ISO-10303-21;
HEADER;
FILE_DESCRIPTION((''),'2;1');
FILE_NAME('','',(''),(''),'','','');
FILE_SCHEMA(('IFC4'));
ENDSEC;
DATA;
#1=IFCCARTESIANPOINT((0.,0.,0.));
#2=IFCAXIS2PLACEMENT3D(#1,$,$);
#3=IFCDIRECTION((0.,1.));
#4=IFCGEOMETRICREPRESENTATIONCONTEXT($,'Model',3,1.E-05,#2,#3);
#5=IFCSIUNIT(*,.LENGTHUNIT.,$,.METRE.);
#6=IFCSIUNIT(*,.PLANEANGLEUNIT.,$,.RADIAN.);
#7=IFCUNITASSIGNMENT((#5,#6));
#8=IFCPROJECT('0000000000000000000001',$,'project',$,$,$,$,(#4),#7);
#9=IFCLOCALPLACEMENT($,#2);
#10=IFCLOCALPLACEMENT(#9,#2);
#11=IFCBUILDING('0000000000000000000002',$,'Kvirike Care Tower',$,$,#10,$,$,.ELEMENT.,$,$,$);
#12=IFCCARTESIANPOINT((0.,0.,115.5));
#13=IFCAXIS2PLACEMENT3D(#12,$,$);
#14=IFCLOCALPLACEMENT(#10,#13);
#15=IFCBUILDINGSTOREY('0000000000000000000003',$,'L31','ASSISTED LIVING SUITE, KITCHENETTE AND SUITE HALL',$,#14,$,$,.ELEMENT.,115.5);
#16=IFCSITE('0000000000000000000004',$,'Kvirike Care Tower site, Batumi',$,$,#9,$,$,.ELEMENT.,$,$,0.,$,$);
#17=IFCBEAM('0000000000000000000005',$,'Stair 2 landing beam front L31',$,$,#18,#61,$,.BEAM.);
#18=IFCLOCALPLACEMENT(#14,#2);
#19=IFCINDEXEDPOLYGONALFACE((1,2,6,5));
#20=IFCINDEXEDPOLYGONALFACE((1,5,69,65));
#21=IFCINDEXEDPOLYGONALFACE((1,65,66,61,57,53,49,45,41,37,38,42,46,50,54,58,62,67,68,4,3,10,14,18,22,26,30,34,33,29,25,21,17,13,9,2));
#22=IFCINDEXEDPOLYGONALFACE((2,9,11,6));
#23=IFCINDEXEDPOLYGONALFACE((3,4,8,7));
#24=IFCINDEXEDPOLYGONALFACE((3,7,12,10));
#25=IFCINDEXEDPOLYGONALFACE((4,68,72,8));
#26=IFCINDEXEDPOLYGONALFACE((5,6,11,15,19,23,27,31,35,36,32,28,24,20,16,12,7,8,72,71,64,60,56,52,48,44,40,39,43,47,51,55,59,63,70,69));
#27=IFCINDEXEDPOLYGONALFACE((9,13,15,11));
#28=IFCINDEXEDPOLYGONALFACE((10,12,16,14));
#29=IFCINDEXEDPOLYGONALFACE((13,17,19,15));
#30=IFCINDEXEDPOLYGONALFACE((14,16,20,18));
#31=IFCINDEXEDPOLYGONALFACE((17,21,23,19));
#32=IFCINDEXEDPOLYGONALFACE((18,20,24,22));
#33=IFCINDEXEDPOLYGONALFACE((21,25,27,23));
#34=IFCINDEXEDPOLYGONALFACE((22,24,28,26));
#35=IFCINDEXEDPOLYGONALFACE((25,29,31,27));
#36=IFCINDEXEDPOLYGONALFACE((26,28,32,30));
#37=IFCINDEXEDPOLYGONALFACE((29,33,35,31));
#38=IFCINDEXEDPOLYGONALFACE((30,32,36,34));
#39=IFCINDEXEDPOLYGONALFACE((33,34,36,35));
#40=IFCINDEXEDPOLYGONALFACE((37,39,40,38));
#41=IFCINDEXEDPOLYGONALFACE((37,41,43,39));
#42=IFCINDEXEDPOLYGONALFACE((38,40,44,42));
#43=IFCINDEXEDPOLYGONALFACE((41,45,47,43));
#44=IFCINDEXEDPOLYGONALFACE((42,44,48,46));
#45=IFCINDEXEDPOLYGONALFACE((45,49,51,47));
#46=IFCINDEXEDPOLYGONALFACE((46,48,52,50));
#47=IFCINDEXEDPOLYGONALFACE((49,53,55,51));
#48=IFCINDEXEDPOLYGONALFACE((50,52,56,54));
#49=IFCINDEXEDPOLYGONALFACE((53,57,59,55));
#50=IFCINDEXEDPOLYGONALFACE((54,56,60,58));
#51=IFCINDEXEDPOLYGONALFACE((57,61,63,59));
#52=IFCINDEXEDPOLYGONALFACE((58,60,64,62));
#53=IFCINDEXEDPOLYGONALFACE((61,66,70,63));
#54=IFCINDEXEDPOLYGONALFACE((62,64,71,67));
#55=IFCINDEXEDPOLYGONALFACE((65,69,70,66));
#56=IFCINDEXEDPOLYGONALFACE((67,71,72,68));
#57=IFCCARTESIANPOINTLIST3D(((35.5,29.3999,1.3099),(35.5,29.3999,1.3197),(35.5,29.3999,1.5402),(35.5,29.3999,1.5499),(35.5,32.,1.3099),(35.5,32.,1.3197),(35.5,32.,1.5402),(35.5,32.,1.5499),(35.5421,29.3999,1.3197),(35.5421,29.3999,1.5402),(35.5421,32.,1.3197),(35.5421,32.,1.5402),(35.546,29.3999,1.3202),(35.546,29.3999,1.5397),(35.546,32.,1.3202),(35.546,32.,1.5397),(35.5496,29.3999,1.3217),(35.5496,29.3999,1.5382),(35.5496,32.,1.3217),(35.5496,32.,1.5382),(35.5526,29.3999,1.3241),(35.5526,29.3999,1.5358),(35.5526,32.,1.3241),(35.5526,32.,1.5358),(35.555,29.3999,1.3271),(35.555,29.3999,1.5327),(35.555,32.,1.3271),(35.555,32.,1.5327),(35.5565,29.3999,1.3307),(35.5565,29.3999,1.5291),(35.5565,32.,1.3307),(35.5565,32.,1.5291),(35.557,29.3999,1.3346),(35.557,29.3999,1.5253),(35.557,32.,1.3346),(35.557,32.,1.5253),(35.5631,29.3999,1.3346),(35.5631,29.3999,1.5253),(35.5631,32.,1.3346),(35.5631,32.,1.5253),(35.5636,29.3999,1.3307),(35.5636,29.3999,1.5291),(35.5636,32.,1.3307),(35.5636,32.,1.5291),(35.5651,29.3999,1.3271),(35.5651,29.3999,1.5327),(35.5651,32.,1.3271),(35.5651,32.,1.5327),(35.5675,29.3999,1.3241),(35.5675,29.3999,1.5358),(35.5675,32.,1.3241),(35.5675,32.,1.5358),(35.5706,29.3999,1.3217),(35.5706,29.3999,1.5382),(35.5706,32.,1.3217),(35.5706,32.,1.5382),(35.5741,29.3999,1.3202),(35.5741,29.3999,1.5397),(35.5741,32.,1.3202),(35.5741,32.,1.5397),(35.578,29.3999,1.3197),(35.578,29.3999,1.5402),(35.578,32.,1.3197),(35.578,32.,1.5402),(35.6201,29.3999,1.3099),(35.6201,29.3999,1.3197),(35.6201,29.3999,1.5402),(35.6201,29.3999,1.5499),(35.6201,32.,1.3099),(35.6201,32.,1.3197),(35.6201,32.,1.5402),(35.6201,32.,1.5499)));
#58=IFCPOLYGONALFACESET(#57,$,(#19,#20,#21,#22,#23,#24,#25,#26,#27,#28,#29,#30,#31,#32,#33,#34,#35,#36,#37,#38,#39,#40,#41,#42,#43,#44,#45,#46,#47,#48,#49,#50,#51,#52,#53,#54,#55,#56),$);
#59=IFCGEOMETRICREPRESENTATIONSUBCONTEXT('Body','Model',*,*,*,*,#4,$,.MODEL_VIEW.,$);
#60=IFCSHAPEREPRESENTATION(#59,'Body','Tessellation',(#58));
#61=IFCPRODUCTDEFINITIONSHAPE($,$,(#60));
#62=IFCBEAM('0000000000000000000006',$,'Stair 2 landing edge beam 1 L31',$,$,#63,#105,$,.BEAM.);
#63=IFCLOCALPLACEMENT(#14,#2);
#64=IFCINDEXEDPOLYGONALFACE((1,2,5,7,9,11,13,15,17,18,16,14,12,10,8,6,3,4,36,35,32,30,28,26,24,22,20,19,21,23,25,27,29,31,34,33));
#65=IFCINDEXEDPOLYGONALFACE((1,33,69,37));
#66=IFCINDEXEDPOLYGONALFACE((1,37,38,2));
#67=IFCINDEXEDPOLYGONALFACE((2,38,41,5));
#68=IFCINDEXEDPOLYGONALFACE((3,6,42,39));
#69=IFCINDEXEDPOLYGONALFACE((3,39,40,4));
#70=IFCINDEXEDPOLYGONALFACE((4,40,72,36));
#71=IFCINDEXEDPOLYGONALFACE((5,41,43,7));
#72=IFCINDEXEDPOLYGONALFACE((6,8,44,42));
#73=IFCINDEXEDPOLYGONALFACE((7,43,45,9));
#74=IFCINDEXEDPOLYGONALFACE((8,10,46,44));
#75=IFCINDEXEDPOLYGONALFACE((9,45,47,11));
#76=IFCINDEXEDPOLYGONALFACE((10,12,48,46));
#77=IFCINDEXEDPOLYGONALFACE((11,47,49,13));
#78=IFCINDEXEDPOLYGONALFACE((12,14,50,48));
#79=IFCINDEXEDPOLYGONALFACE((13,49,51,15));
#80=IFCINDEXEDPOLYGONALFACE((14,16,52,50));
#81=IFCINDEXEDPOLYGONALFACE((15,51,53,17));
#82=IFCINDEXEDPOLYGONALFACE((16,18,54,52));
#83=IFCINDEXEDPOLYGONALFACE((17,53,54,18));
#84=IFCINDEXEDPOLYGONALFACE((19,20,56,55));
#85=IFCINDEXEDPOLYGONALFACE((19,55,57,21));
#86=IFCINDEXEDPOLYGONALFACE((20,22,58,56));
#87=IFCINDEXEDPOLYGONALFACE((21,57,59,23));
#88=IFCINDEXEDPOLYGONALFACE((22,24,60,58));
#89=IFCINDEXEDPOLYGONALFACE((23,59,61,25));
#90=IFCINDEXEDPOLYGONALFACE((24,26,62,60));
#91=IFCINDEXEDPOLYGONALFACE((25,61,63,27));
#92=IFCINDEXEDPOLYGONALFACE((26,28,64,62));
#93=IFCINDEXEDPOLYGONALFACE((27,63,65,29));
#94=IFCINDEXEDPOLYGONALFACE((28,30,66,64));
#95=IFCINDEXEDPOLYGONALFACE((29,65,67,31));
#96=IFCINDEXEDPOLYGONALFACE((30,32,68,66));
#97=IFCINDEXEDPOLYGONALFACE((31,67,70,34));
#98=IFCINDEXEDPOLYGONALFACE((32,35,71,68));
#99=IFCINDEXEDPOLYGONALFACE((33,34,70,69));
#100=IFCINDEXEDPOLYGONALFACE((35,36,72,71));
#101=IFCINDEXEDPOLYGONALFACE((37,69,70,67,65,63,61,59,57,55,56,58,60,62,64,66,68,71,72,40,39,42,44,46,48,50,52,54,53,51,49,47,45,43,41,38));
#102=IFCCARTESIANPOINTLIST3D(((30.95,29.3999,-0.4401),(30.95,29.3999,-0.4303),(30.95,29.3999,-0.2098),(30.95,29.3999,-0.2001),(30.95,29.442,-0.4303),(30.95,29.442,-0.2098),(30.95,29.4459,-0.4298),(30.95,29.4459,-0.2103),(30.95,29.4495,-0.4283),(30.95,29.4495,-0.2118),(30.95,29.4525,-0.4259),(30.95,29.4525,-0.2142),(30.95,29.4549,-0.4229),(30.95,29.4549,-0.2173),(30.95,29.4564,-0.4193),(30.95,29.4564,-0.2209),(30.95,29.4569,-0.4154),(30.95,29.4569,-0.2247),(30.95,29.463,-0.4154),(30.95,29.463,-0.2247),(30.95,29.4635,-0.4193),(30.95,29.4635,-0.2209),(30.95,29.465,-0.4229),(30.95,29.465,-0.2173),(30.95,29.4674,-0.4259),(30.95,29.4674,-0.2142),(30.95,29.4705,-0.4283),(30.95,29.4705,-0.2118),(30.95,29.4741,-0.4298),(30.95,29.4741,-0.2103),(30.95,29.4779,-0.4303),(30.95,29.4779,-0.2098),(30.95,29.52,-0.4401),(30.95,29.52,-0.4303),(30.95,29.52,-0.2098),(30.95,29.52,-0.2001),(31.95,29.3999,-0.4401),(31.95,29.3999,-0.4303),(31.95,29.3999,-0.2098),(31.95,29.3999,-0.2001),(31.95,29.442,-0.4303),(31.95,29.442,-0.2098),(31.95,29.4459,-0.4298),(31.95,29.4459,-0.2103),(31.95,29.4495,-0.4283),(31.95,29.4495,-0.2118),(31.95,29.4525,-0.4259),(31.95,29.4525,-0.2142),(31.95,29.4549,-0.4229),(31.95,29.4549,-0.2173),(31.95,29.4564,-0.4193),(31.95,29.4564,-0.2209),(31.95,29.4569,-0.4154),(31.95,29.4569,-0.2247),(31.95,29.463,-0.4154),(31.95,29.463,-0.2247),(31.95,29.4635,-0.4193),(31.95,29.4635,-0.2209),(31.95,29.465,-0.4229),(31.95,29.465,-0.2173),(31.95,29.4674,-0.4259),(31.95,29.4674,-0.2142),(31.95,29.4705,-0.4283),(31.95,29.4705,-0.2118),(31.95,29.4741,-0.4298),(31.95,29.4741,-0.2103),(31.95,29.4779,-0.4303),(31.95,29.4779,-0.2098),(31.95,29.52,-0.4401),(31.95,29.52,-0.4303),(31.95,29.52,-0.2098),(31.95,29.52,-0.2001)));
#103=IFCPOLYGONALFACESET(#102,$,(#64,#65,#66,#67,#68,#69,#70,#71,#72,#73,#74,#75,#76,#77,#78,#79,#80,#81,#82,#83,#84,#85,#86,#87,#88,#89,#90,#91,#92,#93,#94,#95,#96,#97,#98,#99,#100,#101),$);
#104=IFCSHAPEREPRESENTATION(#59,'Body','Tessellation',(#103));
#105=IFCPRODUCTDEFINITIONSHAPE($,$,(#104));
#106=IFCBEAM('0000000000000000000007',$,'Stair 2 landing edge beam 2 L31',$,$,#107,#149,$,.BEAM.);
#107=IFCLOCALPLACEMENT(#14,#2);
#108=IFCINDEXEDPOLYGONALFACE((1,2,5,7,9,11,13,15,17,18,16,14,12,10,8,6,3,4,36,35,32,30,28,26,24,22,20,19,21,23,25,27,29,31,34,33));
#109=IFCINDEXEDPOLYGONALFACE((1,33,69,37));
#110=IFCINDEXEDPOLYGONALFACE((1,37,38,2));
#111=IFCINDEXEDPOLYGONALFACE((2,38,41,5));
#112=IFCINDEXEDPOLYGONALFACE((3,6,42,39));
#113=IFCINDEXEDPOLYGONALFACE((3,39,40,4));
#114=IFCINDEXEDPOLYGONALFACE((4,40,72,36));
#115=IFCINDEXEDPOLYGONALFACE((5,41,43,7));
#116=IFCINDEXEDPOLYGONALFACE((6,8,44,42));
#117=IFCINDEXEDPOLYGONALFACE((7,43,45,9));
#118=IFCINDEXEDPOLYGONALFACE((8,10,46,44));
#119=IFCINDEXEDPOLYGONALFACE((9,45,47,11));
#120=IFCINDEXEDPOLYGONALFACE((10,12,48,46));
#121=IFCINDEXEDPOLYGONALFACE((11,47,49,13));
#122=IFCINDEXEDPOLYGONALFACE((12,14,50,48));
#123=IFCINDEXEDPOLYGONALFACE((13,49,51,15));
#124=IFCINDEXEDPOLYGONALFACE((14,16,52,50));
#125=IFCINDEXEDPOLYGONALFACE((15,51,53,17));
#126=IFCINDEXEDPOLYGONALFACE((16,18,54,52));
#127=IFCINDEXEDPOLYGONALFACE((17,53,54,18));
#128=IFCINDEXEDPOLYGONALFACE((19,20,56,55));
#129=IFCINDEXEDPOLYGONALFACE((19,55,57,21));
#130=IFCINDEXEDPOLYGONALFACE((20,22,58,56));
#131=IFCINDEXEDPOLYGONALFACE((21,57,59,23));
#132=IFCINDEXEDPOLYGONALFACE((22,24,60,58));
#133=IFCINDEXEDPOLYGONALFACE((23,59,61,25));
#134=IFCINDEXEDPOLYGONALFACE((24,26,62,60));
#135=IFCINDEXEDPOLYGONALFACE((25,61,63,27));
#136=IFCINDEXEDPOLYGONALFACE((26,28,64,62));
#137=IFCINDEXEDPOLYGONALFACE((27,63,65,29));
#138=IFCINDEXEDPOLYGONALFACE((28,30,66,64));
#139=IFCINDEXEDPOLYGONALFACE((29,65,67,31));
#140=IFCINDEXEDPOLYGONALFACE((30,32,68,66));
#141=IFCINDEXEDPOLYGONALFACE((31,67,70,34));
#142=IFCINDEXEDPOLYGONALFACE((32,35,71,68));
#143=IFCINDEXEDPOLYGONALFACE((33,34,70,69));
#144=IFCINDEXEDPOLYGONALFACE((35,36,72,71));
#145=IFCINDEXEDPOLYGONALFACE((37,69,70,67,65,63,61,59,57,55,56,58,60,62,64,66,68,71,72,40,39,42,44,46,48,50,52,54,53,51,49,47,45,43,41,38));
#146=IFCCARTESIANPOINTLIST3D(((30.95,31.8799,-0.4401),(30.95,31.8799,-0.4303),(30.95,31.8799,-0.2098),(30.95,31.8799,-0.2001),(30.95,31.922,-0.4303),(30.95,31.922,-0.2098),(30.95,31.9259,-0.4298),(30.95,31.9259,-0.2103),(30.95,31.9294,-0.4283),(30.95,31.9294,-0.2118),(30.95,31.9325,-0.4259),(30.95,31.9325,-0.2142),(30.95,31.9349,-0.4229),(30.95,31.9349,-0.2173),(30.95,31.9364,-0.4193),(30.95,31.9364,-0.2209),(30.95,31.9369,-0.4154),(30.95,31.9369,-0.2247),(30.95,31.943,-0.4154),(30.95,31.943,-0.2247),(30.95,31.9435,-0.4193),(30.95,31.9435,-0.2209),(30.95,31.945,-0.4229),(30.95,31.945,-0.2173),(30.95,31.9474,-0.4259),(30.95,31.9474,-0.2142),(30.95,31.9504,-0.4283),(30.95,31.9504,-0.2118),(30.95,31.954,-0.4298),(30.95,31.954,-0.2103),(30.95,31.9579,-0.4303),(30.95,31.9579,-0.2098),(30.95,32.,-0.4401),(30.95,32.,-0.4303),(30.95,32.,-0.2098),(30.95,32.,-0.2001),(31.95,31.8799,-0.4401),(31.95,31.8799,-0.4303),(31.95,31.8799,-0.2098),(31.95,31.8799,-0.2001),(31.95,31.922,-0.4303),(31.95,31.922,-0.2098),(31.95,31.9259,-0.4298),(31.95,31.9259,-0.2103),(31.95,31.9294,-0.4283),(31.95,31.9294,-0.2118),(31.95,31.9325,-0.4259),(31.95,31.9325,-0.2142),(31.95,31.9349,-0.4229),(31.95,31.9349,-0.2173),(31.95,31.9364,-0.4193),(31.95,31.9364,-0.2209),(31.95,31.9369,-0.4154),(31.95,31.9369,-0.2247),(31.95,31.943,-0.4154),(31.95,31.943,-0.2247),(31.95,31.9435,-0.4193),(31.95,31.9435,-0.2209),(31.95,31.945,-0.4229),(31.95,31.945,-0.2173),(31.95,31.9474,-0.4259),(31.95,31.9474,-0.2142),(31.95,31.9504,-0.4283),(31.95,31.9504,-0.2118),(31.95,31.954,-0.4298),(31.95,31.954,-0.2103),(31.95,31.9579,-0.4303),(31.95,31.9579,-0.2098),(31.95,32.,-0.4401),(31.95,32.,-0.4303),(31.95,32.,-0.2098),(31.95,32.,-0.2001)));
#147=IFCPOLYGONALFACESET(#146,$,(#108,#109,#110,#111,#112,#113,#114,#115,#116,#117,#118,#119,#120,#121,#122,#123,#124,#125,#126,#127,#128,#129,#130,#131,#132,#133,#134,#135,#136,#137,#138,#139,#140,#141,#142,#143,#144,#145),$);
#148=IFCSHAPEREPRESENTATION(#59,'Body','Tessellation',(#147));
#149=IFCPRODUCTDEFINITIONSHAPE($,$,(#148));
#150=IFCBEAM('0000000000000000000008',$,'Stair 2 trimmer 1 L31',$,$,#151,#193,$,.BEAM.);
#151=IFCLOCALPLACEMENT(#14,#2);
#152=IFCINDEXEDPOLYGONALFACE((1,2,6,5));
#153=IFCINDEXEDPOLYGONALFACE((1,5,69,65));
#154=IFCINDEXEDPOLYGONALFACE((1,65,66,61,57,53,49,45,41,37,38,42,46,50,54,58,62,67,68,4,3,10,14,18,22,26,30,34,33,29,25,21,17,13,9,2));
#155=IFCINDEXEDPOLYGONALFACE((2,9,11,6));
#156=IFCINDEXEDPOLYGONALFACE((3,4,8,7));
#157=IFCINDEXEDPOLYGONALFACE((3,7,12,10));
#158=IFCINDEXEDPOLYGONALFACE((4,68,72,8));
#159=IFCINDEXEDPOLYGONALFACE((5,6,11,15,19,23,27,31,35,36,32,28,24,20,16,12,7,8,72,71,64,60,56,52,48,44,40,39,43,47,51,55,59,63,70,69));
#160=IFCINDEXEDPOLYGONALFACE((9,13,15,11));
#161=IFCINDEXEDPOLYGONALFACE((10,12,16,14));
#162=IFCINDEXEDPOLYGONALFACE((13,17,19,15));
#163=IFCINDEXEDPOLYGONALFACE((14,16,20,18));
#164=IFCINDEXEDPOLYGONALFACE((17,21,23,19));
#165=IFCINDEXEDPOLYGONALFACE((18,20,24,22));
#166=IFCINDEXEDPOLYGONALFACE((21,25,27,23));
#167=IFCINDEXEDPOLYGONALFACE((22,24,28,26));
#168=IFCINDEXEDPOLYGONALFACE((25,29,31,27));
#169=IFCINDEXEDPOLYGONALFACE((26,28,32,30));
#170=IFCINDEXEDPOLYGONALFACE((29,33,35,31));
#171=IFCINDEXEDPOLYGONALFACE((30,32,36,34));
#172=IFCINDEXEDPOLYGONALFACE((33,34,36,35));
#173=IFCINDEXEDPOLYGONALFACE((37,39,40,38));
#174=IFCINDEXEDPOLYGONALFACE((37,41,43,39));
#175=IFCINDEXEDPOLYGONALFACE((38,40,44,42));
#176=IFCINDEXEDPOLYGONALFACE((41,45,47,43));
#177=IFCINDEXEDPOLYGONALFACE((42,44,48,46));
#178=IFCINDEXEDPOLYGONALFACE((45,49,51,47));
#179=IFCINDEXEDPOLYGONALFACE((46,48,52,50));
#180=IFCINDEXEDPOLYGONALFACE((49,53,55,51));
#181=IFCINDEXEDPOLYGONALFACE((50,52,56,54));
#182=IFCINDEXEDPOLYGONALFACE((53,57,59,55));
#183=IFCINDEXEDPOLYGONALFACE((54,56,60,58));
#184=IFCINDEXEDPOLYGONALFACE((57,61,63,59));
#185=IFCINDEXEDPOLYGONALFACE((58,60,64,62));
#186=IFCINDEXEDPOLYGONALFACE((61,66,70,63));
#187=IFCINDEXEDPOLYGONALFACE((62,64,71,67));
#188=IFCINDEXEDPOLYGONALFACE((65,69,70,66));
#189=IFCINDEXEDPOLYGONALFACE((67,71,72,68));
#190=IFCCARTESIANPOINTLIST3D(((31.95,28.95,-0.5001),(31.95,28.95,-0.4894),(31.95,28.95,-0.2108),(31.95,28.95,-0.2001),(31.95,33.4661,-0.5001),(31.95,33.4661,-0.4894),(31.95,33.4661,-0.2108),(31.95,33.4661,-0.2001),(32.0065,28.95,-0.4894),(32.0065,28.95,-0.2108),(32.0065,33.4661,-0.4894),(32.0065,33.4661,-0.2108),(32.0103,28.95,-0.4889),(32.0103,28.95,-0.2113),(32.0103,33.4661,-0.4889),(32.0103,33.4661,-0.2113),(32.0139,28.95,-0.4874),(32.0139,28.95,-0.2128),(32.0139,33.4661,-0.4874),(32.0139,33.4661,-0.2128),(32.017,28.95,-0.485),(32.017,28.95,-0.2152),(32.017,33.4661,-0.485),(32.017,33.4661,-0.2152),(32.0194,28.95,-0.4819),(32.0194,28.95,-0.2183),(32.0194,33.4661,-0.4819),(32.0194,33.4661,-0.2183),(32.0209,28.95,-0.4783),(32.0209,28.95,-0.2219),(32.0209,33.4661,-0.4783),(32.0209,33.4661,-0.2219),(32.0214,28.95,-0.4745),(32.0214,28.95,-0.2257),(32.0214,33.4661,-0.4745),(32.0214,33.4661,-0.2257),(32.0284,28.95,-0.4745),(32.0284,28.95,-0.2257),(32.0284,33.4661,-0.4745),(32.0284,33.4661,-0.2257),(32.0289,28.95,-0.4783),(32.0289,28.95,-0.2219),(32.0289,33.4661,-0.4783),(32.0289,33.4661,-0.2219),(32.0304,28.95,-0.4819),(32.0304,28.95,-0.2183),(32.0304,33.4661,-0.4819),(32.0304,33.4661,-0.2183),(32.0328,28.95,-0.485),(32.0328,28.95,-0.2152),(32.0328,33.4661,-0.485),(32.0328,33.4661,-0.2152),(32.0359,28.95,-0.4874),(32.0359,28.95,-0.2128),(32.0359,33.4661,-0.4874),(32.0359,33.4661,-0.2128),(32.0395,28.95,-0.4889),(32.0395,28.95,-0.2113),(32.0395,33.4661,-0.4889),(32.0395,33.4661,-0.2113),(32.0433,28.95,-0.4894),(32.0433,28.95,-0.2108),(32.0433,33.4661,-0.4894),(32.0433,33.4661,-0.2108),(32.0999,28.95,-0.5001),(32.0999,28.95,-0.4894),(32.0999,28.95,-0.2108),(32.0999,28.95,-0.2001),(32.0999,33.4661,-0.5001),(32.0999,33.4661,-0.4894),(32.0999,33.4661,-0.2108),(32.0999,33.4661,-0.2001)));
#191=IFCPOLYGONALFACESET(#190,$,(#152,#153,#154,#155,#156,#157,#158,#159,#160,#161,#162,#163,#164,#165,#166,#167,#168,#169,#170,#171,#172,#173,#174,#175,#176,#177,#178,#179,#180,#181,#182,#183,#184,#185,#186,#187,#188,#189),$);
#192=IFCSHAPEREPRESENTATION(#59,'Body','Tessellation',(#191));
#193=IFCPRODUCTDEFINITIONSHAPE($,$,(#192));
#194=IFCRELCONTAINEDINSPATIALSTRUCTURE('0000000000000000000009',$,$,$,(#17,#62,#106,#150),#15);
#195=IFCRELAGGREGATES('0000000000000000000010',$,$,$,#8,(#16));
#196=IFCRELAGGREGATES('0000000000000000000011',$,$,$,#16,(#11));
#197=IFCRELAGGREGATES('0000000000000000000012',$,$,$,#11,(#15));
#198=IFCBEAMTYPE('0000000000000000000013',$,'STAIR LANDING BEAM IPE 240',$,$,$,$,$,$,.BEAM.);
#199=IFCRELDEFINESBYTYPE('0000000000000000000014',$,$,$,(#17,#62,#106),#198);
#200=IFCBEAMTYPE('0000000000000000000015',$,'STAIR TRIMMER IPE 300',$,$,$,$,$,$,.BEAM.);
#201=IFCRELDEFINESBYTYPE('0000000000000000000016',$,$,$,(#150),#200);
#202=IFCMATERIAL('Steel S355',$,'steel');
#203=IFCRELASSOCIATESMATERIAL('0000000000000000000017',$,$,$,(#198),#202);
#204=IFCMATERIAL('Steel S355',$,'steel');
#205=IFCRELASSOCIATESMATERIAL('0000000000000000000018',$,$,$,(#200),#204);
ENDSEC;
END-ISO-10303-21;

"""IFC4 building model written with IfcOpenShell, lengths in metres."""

from ifc_helpers import new_model, si_unit, direction, frame, origin, origin_2d, place, context, subcontext, project, spatial, i_section, extrude, material, material_profile, profile_set, type_object, element, save


model = new_model("IFC4")

# Units and contexts
model_context = context("Model", 3, precision=1e-05, world=origin(), true_north=direction((0.0, 1.0)))
body_context = subcontext(model_context, "Body", "Model", "MODEL_VIEW")
ifc_project = project(units=[si_unit("LENGTHUNIT", "METRE"), si_unit("PLANEANGLEUNIT", "RADIAN")], contexts=[model_context])

# Site, building, storey
site_placement = place(None, origin())
site = spatial("IfcSite", under=ifc_project, at=site_placement, Name="Kvirike Care Tower site, Batumi", CompositionType="ELEMENT", RefElevation=0.0)
building_placement = place(site_placement, origin())
building = spatial("IfcBuilding", under=site, at=building_placement, Name="Kvirike Care Tower", CompositionType="ELEMENT")
storey_placement = place(building_placement, frame((0.0, 0.0, 115.5)))
storey = spatial("IfcBuildingStorey", under=building, at=storey_placement, Name="L31", Description="ASSISTED LIVING SUITE, KITCHENETTE AND SUITE HALL", CompositionType="ELEMENT", Elevation=115.5)

# Beams
ifc_material_1 = material(Name="Steel S355", Category="steel")
ifc_material_profile_1 = material_profile(ifc_material_1, i_section(OverallWidth=0.1201, OverallDepth=0.24, WebThickness=0.0061, FlangeThickness=0.0098, FilletRadius=0.0149, at=origin_2d()), Name="IPE 240")
ifc_profile_set_1 = profile_set([ifc_material_profile_1], Name="Steel S355")
beam_type_1 = type_object("IfcBeamType", Name="STAIR LANDING BEAM IPE 240", PredefinedType="BEAM", material=ifc_profile_set_1)
beam_1_placement = place(storey_placement, frame((35.5601, 29.3999, 1.4299), z_axis=(0.0, 1.0, 0.0), x_axis=(-1.0, 0.0, 0.0)))
element("IfcBeam", 1, at=beam_1_placement, inside=storey, type_object=beam_type_1, Name="Stair 2 landing beam front L31", PredefinedType="BEAM", context=body_context, shape_type="SweptSolid", body=[
    extrude(i_section(OverallWidth=0.1201, OverallDepth=0.24, WebThickness=0.0061, FlangeThickness=0.0098, FilletRadius=0.0149, at=origin_2d()), origin(), (0.0, 0.0, 1.0), 2.6001),
])
for number, where, z_axis, x_axis, name in (
    (2, (31.95, 29.46, -0.3201), (-1.0, 0.0, 0.0), (0.0, -1.0, 0.0), "Stair 2 landing edge beam 1 L31"),
    (3, (31.95, 31.9399, -0.3201), (-1.0, 0.0, 0.0), (0.0, -1.0, 0.0), "Stair 2 landing edge beam 2 L31"),
):
    element("IfcBeam", number, at=place(storey_placement, frame(where, z_axis=z_axis, x_axis=x_axis)), inside=storey, type_object=beam_type_1, Name=name, PredefinedType="BEAM", context=body_context, shape_type="SweptSolid", body=[
        extrude(i_section(OverallWidth=0.1201, OverallDepth=0.24, WebThickness=0.0061, FlangeThickness=0.0098, FilletRadius=0.0149, at=origin_2d()), origin(), (0.0, 0.0, 1.0), 1.0),
    ])
ifc_material_2 = material(Name="Steel S355", Category="steel")
ifc_material_profile_2 = material_profile(ifc_material_2, i_section(OverallWidth=0.1499, OverallDepth=0.3, WebThickness=0.0071, FlangeThickness=0.0107, FilletRadius=0.0149, at=origin_2d()), Name="IPE 300")
ifc_profile_set_2 = profile_set([ifc_material_profile_2], Name="Steel S355")
beam_type_2 = type_object("IfcBeamType", Name="STAIR TRIMMER IPE 300", PredefinedType="BEAM", material=ifc_profile_set_2)
for number, where, z_axis, x_axis, name in (
    (4, (32.0249, 28.95, -0.3501), (0.0, 1.0, 0.0), (-1.0, 0.0, 0.0), "Stair 2 trimmer 1 L31"),
):
    element("IfcBeam", number, at=place(storey_placement, frame(where, z_axis=z_axis, x_axis=x_axis)), inside=storey, type_object=beam_type_2, Name=name, PredefinedType="BEAM", context=body_context, shape_type="SweptSolid", body=[
        extrude(i_section(OverallWidth=0.1499, OverallDepth=0.3, WebThickness=0.0071, FlangeThickness=0.0107, FilletRadius=0.0149, at=origin_2d()), origin(), (0.0, 0.0, 1.0), 4.5161),
    ])

save(model, "model.ifc")
